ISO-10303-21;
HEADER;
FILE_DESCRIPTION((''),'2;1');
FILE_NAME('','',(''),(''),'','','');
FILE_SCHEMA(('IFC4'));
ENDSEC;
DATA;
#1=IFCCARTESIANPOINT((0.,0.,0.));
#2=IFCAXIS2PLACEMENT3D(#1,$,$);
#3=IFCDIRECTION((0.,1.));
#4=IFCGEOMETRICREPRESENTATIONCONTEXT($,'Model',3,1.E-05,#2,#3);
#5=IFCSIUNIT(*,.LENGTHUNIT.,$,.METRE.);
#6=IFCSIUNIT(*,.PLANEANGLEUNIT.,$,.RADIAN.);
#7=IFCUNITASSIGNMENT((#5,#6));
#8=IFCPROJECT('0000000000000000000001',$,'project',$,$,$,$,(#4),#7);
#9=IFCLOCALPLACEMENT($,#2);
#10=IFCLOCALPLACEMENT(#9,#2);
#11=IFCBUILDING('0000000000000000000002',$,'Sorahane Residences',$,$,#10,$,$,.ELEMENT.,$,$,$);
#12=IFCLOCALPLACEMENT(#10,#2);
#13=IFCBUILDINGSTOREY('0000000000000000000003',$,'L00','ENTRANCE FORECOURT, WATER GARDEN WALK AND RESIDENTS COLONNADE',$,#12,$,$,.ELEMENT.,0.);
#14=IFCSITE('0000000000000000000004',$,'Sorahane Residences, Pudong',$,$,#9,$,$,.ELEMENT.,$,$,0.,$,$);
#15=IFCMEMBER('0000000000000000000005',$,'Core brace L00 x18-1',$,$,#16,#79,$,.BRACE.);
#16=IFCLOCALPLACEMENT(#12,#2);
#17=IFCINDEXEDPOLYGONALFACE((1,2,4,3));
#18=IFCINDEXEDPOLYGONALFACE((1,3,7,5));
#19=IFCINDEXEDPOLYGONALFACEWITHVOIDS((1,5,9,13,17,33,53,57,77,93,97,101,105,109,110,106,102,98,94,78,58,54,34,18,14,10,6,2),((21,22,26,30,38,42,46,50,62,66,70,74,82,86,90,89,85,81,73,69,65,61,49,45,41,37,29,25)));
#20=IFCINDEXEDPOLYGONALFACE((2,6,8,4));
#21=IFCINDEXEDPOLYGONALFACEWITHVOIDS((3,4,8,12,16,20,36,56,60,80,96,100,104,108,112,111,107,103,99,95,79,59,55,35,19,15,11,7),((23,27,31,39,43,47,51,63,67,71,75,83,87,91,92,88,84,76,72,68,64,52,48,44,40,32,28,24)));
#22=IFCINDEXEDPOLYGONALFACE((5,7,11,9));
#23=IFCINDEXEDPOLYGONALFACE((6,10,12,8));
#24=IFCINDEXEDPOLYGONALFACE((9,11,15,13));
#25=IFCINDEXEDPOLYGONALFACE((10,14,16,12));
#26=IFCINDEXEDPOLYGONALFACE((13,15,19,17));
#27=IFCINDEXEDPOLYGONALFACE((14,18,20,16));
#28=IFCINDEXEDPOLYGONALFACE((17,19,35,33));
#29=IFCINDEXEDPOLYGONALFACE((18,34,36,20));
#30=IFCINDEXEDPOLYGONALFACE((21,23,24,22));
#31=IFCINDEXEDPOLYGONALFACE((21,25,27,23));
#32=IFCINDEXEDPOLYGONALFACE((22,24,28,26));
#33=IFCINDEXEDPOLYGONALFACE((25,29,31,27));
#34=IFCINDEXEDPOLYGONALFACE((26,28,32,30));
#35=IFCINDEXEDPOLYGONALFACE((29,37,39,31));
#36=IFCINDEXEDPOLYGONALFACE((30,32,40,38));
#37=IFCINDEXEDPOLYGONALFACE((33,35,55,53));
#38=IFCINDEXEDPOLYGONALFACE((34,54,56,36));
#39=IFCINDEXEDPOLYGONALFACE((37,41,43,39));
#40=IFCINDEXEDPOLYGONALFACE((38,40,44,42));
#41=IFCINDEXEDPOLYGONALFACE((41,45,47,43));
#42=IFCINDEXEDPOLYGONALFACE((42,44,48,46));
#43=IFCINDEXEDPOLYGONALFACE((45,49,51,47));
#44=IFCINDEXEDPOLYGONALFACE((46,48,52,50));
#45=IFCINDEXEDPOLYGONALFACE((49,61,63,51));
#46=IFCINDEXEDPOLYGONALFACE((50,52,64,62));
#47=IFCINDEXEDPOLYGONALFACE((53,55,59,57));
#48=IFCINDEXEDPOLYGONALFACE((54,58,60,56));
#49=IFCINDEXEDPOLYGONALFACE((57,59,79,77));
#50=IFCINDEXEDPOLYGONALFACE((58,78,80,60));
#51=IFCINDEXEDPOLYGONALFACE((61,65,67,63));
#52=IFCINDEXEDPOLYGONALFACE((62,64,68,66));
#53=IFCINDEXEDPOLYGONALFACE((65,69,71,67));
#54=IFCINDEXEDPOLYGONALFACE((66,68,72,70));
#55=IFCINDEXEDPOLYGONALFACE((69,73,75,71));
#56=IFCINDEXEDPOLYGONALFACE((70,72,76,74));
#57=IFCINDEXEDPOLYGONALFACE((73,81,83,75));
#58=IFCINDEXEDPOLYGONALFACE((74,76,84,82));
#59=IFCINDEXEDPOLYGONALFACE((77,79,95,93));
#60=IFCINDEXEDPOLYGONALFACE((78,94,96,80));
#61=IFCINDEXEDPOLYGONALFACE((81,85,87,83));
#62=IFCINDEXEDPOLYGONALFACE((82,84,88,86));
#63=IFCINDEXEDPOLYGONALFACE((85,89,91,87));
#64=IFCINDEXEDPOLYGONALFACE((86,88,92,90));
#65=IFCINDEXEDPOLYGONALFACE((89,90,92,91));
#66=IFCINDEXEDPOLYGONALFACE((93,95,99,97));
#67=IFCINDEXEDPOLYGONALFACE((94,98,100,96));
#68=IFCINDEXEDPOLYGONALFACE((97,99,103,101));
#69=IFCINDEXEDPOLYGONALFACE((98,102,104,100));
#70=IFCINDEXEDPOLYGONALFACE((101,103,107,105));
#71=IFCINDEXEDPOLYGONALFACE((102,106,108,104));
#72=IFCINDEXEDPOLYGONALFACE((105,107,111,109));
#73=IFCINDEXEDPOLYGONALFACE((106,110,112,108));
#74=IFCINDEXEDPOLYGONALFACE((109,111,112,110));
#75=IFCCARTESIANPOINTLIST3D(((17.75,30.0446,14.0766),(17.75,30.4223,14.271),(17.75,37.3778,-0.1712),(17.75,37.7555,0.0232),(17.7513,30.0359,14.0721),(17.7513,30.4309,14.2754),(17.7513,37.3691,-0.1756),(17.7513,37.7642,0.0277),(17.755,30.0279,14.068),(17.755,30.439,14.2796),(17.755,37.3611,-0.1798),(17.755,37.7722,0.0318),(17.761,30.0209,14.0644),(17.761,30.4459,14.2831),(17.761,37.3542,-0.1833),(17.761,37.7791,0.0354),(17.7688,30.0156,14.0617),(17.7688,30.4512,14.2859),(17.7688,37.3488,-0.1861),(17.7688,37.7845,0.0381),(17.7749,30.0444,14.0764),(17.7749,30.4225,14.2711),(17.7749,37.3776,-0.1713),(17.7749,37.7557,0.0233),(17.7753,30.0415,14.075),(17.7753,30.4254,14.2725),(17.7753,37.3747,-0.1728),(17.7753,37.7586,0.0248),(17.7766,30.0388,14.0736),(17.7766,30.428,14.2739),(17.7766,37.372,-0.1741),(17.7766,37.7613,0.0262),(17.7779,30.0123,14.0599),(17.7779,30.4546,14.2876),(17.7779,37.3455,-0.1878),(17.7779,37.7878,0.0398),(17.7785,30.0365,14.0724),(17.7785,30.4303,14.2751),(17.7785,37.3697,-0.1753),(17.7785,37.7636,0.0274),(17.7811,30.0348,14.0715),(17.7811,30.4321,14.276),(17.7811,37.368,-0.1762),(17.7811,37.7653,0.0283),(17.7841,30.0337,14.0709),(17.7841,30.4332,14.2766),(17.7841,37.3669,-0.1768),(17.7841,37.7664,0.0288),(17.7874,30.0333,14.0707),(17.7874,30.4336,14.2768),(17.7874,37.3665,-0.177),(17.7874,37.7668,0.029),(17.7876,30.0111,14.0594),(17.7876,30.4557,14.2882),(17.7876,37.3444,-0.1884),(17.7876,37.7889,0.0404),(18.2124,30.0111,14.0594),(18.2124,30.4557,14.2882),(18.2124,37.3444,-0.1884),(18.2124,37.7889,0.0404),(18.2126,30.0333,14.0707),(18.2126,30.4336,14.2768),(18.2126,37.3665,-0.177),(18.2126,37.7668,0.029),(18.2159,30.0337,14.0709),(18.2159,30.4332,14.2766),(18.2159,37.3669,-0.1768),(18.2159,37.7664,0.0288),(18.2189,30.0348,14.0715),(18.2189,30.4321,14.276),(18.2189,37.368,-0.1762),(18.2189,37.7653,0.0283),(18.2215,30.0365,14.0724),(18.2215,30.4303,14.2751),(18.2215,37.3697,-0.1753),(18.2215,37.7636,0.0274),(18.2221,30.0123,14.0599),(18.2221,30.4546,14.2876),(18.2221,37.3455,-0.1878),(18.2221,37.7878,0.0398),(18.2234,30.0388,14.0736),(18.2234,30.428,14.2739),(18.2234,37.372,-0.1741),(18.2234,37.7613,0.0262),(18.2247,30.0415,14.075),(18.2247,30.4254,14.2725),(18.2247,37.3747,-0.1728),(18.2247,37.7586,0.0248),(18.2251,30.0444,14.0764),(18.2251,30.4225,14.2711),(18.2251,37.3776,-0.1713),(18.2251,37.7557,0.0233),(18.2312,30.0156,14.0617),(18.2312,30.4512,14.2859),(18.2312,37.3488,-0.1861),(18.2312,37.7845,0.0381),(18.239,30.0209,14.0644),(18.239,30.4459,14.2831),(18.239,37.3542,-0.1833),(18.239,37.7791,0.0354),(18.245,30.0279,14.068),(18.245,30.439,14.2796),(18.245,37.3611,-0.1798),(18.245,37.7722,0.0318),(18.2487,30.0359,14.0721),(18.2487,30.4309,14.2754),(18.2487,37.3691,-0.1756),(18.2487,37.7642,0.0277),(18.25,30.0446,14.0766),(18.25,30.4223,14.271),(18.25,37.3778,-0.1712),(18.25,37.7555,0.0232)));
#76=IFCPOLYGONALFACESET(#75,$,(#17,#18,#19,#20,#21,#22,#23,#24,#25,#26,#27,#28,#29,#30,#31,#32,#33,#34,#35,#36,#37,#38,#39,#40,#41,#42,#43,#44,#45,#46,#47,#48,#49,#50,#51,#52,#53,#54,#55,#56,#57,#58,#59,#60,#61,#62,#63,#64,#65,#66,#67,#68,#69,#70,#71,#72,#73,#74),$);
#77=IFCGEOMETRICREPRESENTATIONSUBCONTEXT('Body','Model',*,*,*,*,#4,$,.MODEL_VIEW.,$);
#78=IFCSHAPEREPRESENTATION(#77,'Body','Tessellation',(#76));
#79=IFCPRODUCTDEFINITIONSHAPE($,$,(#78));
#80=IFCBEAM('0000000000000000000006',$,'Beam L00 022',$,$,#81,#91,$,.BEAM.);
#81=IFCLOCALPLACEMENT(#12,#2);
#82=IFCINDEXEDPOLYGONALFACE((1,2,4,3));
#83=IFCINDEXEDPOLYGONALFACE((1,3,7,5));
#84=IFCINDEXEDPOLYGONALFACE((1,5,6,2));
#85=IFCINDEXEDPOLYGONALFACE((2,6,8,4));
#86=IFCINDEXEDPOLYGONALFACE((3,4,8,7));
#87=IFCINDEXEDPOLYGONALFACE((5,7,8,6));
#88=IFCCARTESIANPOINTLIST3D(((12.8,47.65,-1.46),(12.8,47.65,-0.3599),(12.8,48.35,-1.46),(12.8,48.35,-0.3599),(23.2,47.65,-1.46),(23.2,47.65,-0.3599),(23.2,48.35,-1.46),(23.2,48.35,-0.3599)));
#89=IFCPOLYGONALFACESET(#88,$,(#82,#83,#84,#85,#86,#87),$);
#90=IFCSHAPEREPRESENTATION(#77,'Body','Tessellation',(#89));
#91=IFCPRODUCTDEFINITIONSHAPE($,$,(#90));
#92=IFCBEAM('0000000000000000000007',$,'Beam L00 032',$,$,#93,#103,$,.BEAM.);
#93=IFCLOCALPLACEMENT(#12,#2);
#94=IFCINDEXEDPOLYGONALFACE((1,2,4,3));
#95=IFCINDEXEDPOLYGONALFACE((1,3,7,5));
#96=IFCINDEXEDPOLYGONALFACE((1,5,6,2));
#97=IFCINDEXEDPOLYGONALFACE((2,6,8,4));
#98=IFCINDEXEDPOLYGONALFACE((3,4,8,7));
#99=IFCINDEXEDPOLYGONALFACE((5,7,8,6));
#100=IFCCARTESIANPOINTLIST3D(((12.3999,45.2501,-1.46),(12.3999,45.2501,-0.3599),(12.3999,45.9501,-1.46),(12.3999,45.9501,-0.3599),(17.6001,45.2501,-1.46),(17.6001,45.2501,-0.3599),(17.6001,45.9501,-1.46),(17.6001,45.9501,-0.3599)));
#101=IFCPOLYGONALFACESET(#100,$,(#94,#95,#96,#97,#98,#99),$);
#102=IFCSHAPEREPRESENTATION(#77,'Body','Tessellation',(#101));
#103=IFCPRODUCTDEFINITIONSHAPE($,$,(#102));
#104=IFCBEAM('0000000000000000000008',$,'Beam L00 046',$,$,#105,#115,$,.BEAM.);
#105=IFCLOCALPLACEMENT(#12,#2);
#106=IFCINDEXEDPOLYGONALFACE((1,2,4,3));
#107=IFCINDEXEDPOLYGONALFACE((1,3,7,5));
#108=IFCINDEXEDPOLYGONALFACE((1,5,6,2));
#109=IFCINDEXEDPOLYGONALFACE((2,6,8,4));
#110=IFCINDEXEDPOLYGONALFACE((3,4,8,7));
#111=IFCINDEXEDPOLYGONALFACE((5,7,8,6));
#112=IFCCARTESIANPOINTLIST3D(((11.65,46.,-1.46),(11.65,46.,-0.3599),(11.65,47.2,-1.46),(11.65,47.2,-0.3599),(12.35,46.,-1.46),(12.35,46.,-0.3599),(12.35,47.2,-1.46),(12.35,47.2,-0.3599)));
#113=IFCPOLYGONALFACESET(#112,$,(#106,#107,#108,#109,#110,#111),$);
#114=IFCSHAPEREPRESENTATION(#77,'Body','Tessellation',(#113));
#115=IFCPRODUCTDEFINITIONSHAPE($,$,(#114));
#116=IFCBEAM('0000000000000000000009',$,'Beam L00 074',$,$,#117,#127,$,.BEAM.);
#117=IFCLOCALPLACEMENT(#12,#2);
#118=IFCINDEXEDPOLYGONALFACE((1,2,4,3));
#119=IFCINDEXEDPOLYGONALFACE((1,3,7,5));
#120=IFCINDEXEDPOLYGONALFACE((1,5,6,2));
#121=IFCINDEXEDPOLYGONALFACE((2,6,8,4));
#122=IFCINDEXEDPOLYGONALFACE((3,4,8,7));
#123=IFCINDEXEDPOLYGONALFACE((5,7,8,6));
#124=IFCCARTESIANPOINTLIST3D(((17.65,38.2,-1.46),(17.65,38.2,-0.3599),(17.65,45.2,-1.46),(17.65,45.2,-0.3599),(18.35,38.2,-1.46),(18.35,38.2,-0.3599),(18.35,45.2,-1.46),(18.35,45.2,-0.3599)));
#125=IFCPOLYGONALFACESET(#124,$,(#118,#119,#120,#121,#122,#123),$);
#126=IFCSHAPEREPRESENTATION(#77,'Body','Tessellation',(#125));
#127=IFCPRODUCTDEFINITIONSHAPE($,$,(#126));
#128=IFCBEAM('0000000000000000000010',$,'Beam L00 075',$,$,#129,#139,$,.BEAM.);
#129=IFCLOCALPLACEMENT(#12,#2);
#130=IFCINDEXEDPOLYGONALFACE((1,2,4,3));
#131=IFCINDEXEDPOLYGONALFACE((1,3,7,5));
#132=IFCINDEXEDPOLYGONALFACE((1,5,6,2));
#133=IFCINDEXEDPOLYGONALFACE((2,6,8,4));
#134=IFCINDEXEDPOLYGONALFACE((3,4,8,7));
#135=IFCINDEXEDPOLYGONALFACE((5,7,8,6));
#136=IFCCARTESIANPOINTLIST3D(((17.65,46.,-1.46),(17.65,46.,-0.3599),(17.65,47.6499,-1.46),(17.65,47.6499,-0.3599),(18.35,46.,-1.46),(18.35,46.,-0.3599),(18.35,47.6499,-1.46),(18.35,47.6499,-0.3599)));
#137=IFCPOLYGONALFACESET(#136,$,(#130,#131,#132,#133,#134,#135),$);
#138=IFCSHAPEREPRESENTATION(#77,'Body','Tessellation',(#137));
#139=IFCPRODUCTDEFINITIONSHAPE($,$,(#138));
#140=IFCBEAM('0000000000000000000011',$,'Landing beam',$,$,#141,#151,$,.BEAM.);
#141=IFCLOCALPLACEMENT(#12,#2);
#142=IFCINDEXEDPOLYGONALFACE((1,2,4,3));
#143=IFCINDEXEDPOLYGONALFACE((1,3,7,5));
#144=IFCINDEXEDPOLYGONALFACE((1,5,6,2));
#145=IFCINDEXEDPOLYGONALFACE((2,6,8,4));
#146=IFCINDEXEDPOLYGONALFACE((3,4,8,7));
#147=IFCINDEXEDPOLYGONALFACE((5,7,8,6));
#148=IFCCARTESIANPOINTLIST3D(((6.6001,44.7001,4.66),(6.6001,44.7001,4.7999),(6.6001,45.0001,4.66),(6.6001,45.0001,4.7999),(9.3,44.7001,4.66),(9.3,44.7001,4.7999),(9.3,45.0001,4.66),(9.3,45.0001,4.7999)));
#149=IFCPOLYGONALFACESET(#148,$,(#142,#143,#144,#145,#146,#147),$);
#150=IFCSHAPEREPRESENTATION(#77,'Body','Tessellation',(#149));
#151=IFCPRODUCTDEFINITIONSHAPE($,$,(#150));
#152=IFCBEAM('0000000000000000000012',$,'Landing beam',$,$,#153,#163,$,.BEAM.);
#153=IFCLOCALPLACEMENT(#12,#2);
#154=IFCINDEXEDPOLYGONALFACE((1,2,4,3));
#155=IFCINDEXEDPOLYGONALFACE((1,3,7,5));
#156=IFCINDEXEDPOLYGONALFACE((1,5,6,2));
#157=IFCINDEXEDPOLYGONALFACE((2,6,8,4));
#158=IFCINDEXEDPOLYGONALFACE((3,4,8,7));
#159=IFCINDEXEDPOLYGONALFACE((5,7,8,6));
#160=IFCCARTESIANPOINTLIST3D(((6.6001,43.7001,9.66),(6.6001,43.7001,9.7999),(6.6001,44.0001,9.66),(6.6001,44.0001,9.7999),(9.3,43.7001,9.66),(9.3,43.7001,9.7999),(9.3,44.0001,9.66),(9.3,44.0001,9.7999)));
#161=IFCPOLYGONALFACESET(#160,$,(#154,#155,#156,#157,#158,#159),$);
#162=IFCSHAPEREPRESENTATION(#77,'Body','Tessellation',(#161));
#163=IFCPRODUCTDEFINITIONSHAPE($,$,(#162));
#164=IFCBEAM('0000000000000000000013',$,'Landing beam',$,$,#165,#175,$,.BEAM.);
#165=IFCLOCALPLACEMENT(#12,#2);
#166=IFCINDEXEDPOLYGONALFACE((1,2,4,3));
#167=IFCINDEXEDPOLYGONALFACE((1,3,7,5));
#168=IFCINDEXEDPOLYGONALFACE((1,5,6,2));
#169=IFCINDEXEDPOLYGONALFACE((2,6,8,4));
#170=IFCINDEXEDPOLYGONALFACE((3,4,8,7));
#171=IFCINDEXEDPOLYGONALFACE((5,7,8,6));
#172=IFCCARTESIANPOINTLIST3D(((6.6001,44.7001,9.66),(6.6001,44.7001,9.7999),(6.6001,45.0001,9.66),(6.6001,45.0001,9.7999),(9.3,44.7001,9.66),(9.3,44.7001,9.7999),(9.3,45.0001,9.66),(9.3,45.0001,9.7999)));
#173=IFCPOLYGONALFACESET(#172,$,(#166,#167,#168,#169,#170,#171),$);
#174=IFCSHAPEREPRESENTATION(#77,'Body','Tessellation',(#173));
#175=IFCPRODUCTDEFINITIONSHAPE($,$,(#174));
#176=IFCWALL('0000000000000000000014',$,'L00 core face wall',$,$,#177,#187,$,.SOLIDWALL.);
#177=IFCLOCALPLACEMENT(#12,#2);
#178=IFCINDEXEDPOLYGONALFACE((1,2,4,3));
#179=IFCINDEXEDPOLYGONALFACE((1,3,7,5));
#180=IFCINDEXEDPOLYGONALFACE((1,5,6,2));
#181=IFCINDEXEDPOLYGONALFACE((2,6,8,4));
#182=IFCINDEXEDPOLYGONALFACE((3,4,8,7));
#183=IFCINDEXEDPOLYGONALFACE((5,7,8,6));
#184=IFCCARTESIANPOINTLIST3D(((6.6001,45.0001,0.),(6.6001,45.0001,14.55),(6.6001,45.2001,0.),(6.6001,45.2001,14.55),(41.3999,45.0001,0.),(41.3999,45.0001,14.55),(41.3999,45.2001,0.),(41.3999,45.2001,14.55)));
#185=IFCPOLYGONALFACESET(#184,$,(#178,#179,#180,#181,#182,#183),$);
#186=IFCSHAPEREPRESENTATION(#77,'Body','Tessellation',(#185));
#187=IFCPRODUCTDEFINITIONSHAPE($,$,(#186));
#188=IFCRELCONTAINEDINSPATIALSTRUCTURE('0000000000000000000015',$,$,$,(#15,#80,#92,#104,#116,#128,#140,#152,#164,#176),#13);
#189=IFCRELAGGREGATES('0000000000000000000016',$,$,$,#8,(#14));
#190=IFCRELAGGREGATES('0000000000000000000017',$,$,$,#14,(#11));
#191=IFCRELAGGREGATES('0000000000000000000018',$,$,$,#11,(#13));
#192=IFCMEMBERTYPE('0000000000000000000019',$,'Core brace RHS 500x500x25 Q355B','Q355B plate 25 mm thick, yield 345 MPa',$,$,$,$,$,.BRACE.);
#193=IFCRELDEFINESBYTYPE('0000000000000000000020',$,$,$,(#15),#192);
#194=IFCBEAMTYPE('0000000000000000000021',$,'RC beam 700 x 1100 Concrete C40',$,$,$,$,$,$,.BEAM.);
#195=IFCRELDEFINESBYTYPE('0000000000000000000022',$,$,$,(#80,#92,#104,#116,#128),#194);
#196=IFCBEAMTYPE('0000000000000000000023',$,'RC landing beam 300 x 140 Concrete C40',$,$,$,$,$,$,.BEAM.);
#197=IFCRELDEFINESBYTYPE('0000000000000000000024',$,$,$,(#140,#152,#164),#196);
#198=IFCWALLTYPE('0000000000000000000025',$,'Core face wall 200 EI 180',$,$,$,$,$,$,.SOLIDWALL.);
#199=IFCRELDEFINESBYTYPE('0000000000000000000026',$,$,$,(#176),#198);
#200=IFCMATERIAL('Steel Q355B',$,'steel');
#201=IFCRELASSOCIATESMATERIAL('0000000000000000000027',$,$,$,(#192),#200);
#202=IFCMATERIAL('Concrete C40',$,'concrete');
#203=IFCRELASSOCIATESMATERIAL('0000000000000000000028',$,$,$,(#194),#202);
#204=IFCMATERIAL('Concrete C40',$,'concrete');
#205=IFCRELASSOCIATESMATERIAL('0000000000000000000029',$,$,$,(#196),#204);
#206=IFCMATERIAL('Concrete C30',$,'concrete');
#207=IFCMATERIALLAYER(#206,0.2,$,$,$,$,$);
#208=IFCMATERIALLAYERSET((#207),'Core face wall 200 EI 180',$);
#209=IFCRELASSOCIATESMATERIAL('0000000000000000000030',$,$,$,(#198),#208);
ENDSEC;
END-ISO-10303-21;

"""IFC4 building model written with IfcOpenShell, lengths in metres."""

from ifc_helpers import new_model, si_unit, direction, frame, frame_2d, origin, origin_2d, place, context, subcontext, project, spatial, rectangle, hollow_rectangle, extrude, material, layer, layer_set, material_profile, profile_set, type_object, element, save


model = new_model("IFC4")

# Units and contexts
model_context = context("Model", 3, precision=1e-05, world=origin(), true_north=direction((0.0, 1.0)))
body_context = subcontext(model_context, "Body", "Model", "MODEL_VIEW")
ifc_project = project(units=[si_unit("LENGTHUNIT", "METRE"), si_unit("PLANEANGLEUNIT", "RADIAN")], contexts=[model_context])

# Site, building, storey
site_placement = place(None, origin())
site = spatial("IfcSite", under=ifc_project, at=site_placement, Name="Sorahane Residences, Pudong", CompositionType="ELEMENT", RefElevation=0.0)
building_placement = place(site_placement, origin())
building = spatial("IfcBuilding", under=site, at=building_placement, Name="Sorahane Residences", CompositionType="ELEMENT")
storey_placement = place(building_placement, origin())
storey = spatial("IfcBuildingStorey", under=building, at=storey_placement, Name="L00", Description="ENTRANCE FORECOURT, WATER GARDEN WALK AND RESIDENTS COLONNADE", CompositionType="ELEMENT", Elevation=0.0)

# Member
ifc_material_1 = material(Name="Steel Q355B", Category="steel")
ifc_material_profile_1 = material_profile(ifc_material_1, hollow_rectangle(XDim=0.5, YDim=0.5, WallThickness=0.0249, InnerFilletRadius=0.0125, OuterFilletRadius=0.0376, at=origin_2d()), Name="RHS 500x500x25")
ifc_profile_set_1 = profile_set([ifc_material_profile_1], Name="Steel Q355B")
member_type = type_object("IfcMemberType", Name="Core brace RHS 500x500x25 Q355B", Description="Q355B plate 25 mm thick, yield 345 MPa", PredefinedType="BRACE", material=ifc_profile_set_1)
member_1_placement = place(storey_placement, frame((18.0, 37.5667, -0.074), z_axis=(0.0, -0.457635, 0.88914), x_axis=(1.0, 0.0, 0.0)))
element("IfcMember", 1, at=member_1_placement, inside=storey, type_object=member_type, Name="Core brace L00 x18-1", PredefinedType="BRACE", context=body_context, shape_type="SweptSolid", body=[
    extrude(hollow_rectangle(XDim=0.5, YDim=0.5, WallThickness=0.0249, InnerFilletRadius=0.0125, OuterFilletRadius=0.0376, at=origin_2d()), origin(), (0.0, 0.0, 1.0), 16.0242),
])

# Beams
ifc_material_2 = material(Name="Concrete C40", Category="concrete")
ifc_material_profile_2 = material_profile(ifc_material_2, rectangle(XDim=0.7, YDim=1.1001, at=origin_2d()), Name="700x1100")
ifc_profile_set_2 = profile_set([ifc_material_profile_2], Name="Concrete C40")
beam_type_1 = type_object("IfcBeamType", Name="RC beam 700 x 1100 Concrete C40", PredefinedType="BEAM", material=ifc_profile_set_2)
beam_1_placement = place(storey_placement, frame((12.8, 48.0, -0.9099), z_axis=(1.0, 0.0, 0.0), x_axis=(0.0, 1.0, 0.0)))
element("IfcBeam", 2, at=beam_1_placement, inside=storey, type_object=beam_type_1, Name="Beam L00 022", PredefinedType="BEAM", context=body_context, shape_type="SweptSolid", body=[
    extrude(rectangle(XDim=0.7, YDim=1.1001, at=origin_2d()), origin(), (0.0, 0.0, 1.0), 10.3999),
])
beam_2_placement = place(storey_placement, frame((12.3999, 45.6001, -0.9099), z_axis=(1.0, 0.0, 0.0), x_axis=(0.0, 1.0, 0.0)))
element("IfcBeam", 3, at=beam_2_placement, inside=storey, type_object=beam_type_1, Name="Beam L00 032", PredefinedType="BEAM", context=body_context, shape_type="SweptSolid", body=[
    extrude(rectangle(XDim=0.7, YDim=1.1001, at=origin_2d()), origin(), (0.0, 0.0, 1.0), 5.2002),
])
beam_3_placement = place(storey_placement, frame((12.0, 46.0, -0.9099), z_axis=(0.0, 1.0, 0.0), x_axis=(-1.0, 0.0, 0.0)))
element("IfcBeam", 4, at=beam_3_placement, inside=storey, type_object=beam_type_1, Name="Beam L00 046", PredefinedType="BEAM", context=body_context, shape_type="SweptSolid", body=[
    extrude(rectangle(XDim=0.7, YDim=1.1001, at=origin_2d()), origin(), (0.0, 0.0, 1.0), 1.2),
])
beam_4_placement = place(storey_placement, frame((18.0, 38.2, -0.9099), z_axis=(0.0, 1.0, 0.0), x_axis=(-1.0, 0.0, 0.0)))
element("IfcBeam", 5, at=beam_4_placement, inside=storey, type_object=beam_type_1, Name="Beam L00 074", PredefinedType="BEAM", context=body_context, shape_type="SweptSolid", body=[
    extrude(rectangle(XDim=0.7, YDim=1.1001, at=origin_2d()), origin(), (0.0, 0.0, 1.0), 7.0),
])
beam_5_placement = place(storey_placement, frame((18.0, 46.0, -0.9099), z_axis=(0.0, 1.0, 0.0), x_axis=(-1.0, 0.0, 0.0)))
element("IfcBeam", 6, at=beam_5_placement, inside=storey, type_object=beam_type_1, Name="Beam L00 075", PredefinedType="BEAM", context=body_context, shape_type="SweptSolid", body=[
    extrude(rectangle(XDim=0.7, YDim=1.1001, at=origin_2d()), origin(), (0.0, 0.0, 1.0), 1.6499),
])
ifc_material_3 = material(Name="Concrete C40", Category="concrete")
ifc_material_profile_3 = material_profile(ifc_material_3, rectangle(XDim=0.3, YDim=0.1399, at=origin_2d()), Name="300x140")
ifc_profile_set_3 = profile_set([ifc_material_profile_3], Name="Concrete C40")
beam_type_2 = type_object("IfcBeamType", Name="RC landing beam 300 x 140 Concrete C40", PredefinedType="BEAM", material=ifc_profile_set_3)
for number, where, z_axis, x_axis, name in (
    (7, (6.6001, 44.8501, 4.73), (1.0, 0.0, 0.0), (0.0, 1.0, 0.0), "Landing beam"),
    (8, (6.6001, 43.8501, 9.73), (1.0, 0.0, 0.0), (0.0, 1.0, 0.0), "Landing beam"),
    (9, (6.6001, 44.8501, 9.73), (1.0, 0.0, 0.0), (0.0, 1.0, 0.0), "Landing beam"),
):
    element("IfcBeam", number, at=place(storey_placement, frame(where, z_axis=z_axis, x_axis=x_axis)), inside=storey, type_object=beam_type_2, Name=name, PredefinedType="BEAM", context=body_context, shape_type="SweptSolid", body=[
        extrude(rectangle(XDim=0.3, YDim=0.1399, at=origin_2d()), origin(), (0.0, 0.0, 1.0), 2.7),
    ])

# Wall
ifc_material_4 = material(Name="Concrete C30", Category="concrete")
ifc_layer_1 = layer(ifc_material_4, 0.2)
ifc_layer_set_1 = layer_set([ifc_layer_1], Name="Core face wall 200 EI 180")
wall_type_1 = type_object("IfcWallType", Name="Core face wall 200 EI 180", PredefinedType="SOLIDWALL", material=ifc_layer_set_1)
wall_1_placement = place(storey_placement, frame((6.6001, 45.1001, 0.0), z_axis=(0.0, 0.0, 1.0), x_axis=(1.0, 0.0, 0.0)))
element("IfcWall", 10, at=wall_1_placement, inside=storey, type_object=wall_type_1, Name="L00 core face wall", PredefinedType="SOLIDWALL", context=body_context, shape_type="SweptSolid", body=[
    extrude(rectangle(XDim=34.7998, YDim=0.2, at=frame_2d((17.3999, 0.0))), origin(), (0.0, 0.0, 1.0), 14.55),
])

save(model, "model.ifc")
